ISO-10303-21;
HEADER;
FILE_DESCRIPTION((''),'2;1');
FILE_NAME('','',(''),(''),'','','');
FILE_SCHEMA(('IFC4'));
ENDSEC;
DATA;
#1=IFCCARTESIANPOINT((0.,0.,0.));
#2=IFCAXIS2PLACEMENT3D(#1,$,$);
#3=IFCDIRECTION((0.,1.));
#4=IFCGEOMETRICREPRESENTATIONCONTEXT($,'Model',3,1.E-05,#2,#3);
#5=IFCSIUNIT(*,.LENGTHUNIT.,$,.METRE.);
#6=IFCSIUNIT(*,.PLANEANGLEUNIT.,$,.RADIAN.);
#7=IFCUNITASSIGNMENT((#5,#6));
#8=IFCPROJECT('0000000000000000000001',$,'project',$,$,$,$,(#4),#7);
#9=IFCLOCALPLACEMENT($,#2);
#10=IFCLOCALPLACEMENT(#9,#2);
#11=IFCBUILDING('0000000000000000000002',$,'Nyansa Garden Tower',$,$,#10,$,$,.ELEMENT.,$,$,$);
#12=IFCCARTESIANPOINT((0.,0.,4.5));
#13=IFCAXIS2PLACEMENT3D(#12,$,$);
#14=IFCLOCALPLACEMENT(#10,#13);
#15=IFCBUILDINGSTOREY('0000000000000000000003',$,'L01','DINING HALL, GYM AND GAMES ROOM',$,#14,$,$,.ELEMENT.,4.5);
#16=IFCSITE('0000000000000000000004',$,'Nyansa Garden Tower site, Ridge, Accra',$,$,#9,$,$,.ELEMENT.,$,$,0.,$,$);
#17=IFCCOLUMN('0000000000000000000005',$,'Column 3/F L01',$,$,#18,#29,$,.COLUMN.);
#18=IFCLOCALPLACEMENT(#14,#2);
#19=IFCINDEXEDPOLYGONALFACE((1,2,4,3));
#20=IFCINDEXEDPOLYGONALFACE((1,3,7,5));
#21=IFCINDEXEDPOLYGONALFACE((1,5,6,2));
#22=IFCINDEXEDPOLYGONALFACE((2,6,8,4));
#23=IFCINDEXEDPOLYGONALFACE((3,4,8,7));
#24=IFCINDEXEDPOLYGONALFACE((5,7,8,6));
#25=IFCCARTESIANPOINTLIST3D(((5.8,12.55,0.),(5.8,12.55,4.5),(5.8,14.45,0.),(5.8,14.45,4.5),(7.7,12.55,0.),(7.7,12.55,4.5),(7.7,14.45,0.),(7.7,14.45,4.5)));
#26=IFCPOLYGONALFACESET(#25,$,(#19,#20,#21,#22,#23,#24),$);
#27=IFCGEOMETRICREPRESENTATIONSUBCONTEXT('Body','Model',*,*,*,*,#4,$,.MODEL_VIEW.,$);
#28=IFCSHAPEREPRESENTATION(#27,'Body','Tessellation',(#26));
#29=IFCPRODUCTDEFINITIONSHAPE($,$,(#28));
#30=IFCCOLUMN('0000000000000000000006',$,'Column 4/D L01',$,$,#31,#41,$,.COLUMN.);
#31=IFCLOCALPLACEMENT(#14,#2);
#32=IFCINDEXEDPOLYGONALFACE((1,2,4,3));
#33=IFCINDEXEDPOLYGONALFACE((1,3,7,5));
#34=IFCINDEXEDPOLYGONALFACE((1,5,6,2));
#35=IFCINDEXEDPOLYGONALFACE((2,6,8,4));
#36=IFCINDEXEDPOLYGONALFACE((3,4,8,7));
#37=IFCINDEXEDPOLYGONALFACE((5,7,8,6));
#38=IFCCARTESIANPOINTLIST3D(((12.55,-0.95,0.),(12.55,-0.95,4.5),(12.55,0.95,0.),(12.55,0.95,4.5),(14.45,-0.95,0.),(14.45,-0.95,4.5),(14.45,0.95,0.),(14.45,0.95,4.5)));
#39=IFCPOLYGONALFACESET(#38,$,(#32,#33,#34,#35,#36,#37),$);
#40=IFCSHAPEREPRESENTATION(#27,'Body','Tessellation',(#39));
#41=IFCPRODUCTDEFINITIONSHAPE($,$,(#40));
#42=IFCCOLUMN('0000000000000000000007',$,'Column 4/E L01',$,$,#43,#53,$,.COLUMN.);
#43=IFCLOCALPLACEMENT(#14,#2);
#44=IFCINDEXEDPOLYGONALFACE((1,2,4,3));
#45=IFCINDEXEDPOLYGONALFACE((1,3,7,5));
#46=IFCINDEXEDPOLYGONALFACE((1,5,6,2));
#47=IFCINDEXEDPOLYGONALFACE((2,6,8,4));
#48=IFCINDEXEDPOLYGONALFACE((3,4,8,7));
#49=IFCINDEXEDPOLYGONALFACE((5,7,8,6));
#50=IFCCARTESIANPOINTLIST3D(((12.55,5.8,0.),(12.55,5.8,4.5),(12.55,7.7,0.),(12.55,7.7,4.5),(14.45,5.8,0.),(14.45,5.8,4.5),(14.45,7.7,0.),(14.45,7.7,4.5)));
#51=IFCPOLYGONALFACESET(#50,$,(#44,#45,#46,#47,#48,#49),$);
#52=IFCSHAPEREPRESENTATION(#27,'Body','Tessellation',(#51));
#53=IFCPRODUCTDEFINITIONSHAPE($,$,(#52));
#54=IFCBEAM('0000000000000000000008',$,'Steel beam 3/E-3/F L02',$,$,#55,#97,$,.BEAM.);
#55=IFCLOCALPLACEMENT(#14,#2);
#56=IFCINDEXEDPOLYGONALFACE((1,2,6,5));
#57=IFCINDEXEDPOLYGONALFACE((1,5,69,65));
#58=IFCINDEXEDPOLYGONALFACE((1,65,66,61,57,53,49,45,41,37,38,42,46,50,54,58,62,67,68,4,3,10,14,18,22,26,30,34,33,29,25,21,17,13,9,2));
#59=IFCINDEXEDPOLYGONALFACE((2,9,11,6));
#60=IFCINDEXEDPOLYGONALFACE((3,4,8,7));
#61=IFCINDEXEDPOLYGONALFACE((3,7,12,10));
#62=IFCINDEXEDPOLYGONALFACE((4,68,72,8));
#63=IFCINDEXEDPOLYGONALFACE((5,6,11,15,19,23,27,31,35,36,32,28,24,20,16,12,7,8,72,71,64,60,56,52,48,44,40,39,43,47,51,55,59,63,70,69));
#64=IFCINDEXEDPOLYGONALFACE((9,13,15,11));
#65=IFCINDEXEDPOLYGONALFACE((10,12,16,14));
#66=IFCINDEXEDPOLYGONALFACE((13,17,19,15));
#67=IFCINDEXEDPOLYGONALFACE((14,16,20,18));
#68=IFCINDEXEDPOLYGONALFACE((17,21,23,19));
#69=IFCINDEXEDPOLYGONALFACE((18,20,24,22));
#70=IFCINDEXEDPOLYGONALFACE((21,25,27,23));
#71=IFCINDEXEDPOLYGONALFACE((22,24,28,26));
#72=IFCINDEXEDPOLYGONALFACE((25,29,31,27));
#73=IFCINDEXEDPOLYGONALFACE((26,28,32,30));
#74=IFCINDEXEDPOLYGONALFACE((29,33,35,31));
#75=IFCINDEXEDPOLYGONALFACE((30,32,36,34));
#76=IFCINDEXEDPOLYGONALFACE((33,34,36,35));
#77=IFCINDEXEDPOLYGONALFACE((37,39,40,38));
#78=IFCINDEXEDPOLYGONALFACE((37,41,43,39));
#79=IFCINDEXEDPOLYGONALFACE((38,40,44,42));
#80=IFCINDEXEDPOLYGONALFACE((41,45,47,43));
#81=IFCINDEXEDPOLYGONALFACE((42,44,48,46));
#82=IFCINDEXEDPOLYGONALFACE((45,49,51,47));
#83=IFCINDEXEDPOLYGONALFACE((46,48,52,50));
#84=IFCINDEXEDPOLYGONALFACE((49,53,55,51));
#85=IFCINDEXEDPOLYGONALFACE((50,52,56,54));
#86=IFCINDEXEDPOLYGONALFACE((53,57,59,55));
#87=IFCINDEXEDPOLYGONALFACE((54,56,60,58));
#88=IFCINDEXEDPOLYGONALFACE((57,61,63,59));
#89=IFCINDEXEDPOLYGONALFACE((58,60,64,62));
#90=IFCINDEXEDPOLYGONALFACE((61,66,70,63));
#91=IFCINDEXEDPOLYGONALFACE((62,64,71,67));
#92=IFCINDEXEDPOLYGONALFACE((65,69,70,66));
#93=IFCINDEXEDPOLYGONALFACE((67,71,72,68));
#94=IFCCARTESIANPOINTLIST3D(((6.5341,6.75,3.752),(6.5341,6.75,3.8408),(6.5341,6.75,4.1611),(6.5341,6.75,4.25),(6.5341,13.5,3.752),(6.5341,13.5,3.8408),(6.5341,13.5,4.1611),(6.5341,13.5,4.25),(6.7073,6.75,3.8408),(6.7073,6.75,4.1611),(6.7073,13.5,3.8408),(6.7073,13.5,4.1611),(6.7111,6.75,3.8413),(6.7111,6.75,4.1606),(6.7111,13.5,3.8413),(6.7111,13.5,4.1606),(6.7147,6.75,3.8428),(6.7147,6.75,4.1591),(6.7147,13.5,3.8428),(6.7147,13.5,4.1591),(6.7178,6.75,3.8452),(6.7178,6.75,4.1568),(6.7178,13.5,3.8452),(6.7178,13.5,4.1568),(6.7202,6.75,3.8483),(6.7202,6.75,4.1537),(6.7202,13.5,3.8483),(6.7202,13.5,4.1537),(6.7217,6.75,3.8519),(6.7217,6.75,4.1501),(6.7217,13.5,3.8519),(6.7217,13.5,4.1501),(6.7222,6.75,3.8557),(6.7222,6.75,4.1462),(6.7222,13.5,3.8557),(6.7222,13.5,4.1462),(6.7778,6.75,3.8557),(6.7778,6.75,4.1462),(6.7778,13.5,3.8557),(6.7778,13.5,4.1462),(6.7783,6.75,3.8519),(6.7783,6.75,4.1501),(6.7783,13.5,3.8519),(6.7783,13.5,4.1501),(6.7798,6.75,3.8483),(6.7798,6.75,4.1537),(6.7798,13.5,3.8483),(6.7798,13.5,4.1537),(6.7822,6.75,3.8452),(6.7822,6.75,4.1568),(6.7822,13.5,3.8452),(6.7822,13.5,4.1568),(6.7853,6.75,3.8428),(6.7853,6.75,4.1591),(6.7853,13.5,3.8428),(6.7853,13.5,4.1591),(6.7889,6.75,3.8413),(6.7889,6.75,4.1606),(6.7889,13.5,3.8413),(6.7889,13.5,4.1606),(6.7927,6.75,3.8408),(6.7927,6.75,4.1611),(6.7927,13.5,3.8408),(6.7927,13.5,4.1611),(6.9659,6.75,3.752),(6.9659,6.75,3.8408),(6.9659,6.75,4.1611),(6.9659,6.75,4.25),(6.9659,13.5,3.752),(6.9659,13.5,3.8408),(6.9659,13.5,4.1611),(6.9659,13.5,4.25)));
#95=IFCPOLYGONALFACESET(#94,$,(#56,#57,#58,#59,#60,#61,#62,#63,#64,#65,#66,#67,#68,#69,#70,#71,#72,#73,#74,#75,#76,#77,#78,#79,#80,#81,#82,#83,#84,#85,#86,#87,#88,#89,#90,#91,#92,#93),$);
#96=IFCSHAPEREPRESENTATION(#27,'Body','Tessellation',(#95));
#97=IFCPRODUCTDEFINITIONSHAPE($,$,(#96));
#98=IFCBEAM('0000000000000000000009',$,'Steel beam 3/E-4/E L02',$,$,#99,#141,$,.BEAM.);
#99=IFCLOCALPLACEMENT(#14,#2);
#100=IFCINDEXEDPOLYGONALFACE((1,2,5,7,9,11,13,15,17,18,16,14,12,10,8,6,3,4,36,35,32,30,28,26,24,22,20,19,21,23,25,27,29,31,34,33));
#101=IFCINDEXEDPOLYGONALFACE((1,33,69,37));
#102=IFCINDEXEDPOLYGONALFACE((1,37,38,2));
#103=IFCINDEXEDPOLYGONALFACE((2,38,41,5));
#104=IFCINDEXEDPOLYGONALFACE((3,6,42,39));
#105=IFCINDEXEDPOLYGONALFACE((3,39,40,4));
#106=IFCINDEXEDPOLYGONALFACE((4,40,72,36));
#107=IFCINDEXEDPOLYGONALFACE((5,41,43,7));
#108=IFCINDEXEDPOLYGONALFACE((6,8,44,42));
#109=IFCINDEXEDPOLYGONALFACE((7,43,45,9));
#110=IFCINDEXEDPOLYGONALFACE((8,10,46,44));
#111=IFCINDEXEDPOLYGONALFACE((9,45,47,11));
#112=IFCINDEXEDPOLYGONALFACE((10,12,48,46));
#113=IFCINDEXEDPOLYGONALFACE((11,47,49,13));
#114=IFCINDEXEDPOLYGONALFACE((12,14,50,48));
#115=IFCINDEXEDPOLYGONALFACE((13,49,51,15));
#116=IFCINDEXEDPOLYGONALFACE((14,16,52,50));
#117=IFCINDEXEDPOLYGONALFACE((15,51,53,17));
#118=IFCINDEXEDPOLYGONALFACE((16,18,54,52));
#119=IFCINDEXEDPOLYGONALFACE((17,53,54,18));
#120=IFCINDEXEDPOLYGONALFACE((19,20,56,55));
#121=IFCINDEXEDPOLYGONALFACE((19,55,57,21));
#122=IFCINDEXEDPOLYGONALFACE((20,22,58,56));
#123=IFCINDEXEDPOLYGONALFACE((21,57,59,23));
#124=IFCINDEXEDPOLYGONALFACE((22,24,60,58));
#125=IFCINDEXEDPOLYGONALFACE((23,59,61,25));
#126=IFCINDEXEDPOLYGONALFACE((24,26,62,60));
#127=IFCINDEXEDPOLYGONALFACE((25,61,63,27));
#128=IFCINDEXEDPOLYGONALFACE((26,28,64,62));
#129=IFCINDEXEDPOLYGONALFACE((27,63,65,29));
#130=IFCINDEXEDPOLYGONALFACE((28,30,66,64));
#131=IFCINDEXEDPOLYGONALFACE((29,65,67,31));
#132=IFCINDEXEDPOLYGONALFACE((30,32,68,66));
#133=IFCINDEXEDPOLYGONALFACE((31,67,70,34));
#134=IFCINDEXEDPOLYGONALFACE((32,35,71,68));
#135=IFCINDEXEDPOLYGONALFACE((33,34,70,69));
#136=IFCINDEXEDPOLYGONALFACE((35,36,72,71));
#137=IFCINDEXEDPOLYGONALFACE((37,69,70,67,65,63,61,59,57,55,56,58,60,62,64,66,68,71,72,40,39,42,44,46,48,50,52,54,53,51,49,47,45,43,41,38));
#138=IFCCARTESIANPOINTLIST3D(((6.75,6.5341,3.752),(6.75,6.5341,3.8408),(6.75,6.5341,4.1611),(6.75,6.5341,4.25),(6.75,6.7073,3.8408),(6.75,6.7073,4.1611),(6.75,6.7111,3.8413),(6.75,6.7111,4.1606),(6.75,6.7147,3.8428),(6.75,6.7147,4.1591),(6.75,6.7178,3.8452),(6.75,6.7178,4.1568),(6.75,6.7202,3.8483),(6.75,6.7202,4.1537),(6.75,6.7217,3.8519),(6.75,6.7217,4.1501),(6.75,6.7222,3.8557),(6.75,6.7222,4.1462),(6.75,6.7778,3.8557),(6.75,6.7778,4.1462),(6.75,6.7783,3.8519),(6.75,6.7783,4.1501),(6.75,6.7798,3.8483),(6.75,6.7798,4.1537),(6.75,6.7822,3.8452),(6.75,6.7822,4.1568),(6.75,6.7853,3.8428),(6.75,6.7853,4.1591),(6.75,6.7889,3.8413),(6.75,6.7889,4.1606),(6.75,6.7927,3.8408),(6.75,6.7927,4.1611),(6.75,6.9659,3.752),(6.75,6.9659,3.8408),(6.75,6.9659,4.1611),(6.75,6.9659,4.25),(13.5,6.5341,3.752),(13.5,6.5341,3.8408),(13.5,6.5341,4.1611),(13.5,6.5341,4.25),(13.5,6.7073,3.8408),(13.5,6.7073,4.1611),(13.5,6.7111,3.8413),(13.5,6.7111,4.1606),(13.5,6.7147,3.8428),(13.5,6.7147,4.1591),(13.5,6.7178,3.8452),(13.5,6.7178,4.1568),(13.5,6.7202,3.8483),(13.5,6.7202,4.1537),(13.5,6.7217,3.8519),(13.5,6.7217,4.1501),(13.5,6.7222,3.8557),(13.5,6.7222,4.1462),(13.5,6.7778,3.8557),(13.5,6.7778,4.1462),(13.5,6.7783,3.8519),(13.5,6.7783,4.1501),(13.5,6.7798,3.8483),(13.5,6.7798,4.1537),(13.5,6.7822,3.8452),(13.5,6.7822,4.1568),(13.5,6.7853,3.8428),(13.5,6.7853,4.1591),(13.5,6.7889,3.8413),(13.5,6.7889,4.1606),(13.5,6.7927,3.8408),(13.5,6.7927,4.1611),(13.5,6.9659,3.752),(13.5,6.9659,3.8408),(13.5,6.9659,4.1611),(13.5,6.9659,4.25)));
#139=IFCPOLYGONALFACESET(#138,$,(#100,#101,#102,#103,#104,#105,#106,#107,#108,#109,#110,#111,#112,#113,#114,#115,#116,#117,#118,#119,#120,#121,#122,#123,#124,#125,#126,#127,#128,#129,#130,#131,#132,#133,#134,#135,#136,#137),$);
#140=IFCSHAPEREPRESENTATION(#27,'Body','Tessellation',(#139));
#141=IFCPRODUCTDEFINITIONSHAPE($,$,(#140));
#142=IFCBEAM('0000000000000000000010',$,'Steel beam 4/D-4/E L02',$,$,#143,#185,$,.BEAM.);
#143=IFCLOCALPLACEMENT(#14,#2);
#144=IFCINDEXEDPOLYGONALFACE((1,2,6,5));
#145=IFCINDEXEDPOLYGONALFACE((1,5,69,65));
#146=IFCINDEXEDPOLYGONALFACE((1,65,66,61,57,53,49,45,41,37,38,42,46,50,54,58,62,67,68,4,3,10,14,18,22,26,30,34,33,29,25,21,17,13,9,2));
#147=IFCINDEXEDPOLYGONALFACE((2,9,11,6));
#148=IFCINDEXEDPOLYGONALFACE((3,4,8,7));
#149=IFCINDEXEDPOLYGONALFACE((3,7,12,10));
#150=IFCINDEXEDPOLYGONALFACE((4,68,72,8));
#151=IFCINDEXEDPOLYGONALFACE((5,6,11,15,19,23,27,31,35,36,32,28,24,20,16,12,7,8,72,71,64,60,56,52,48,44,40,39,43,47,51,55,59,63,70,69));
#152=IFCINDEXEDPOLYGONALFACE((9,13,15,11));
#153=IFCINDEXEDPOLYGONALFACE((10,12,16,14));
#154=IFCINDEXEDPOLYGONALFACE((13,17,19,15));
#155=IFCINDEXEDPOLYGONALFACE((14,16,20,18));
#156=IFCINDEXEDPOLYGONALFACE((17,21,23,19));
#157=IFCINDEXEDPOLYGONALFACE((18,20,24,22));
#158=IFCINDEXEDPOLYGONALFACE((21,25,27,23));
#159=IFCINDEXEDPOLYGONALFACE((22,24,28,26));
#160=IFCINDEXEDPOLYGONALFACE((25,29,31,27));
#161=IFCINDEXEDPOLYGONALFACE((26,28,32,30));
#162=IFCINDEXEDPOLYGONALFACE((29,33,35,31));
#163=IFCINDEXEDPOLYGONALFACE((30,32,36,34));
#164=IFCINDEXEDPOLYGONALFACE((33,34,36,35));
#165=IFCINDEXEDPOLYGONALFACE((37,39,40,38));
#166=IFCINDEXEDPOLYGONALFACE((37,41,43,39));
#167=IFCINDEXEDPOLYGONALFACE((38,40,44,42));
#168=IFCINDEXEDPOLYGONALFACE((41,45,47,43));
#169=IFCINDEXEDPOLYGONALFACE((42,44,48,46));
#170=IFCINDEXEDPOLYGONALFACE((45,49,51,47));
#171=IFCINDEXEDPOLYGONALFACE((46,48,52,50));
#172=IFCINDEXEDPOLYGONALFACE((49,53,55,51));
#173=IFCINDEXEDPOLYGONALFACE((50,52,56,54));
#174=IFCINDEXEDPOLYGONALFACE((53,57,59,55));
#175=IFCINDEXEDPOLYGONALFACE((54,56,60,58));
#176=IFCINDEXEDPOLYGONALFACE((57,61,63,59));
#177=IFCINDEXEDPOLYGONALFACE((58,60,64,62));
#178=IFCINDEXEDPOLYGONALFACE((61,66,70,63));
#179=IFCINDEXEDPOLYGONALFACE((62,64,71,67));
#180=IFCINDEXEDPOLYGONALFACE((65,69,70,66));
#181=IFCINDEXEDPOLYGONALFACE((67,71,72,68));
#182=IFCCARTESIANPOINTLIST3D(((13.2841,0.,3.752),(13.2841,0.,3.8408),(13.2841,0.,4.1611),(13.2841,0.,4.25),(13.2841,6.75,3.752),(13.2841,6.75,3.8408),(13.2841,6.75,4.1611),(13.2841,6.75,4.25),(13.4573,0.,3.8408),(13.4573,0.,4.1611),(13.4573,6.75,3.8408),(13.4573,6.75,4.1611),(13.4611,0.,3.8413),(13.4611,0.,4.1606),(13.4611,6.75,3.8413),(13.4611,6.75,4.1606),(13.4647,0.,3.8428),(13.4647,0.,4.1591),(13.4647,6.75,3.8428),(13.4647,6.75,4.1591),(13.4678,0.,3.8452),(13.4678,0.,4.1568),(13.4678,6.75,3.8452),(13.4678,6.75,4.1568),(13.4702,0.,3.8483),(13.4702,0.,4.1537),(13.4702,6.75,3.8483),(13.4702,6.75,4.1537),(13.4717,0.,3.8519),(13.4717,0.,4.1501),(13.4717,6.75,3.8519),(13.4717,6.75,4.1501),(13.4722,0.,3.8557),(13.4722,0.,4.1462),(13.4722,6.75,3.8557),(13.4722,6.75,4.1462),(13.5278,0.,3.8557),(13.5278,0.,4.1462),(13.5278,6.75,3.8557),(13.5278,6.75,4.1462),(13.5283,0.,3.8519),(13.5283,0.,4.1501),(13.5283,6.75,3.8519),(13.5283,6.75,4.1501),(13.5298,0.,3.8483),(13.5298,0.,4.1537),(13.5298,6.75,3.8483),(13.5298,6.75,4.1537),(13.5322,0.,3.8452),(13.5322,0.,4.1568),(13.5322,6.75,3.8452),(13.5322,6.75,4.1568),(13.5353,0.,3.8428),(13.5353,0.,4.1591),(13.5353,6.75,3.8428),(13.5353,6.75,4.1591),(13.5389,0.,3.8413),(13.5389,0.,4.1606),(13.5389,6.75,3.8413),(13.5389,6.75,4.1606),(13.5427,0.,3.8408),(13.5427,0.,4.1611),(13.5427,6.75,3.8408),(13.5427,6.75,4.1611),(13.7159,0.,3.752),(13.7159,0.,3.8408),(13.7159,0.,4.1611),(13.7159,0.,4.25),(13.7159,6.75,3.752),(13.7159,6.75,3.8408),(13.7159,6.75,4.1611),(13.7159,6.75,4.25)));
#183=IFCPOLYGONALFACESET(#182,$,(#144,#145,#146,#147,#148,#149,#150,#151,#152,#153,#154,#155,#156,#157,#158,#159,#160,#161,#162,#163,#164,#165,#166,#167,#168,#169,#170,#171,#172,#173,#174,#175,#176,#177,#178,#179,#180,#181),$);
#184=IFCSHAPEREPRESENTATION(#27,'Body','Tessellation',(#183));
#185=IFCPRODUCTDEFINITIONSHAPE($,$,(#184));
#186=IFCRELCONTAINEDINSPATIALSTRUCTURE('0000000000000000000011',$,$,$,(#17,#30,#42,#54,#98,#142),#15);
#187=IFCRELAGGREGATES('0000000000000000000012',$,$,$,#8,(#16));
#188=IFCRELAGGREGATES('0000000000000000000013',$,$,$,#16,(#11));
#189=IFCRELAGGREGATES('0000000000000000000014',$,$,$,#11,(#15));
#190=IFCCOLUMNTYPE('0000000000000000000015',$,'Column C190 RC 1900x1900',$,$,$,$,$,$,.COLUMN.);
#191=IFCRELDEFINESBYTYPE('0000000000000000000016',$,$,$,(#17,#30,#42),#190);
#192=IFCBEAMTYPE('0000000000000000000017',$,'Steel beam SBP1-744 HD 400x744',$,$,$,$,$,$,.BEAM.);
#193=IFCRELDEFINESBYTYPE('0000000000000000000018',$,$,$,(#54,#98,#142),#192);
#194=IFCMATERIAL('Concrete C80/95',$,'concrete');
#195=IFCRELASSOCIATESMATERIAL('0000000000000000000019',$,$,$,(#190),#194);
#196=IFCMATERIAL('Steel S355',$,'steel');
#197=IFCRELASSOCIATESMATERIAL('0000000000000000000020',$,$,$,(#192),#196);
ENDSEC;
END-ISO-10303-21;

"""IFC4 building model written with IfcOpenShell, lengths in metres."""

from ifc_helpers import new_model, si_unit, direction, frame, origin, origin_2d, place, context, subcontext, project, spatial, rectangle, i_section, extrude, material, material_profile, profile_set, type_object, element, save


model = new_model("IFC4")

# Units and contexts
model_context = context("Model", 3, precision=1e-05, world=origin(), true_north=direction((0.0, 1.0)))
body_context = subcontext(model_context, "Body", "Model", "MODEL_VIEW")
ifc_project = project(units=[si_unit("LENGTHUNIT", "METRE"), si_unit("PLANEANGLEUNIT", "RADIAN")], contexts=[model_context])

# Site, building, storey
site_placement = place(None, origin())
site = spatial("IfcSite", under=ifc_project, at=site_placement, Name="Nyansa Garden Tower site, Ridge, Accra", CompositionType="ELEMENT", RefElevation=0.0)
building_placement = place(site_placement, origin())
building = spatial("IfcBuilding", under=site, at=building_placement, Name="Nyansa Garden Tower", CompositionType="ELEMENT")
storey_placement = place(building_placement, frame((0.0, 0.0, 4.5)))
storey = spatial("IfcBuildingStorey", under=building, at=storey_placement, Name="L01", Description="DINING HALL, GYM AND GAMES ROOM", CompositionType="ELEMENT", Elevation=4.5)

# Columns
ifc_material_1 = material(Name="Concrete C80/95", Category="concrete")
ifc_material_profile_1 = material_profile(ifc_material_1, rectangle(XDim=1.8999, YDim=1.8999, at=origin_2d()), Name="RC 1900x1900")
ifc_profile_set_1 = profile_set([ifc_material_profile_1], Name="Concrete C80/95")
column_type = type_object("IfcColumnType", Name="Column C190 RC 1900x1900", PredefinedType="COLUMN", material=ifc_profile_set_1)
for number, where, z_axis, x_axis, name in (
    (1, (6.75, 13.5, 0.0), (0.0, 0.0, 1.0), (1.0, 0.0, 0.0), "Column 3/F L01"),
    (2, (13.5, 0.0, 0.0), (0.0, 0.0, 1.0), (1.0, 0.0, 0.0), "Column 4/D L01"),
    (3, (13.5, 6.75, 0.0), (0.0, 0.0, 1.0), (1.0, 0.0, 0.0), "Column 4/E L01"),
):
    element("IfcColumn", number, at=place(storey_placement, frame(where, z_axis=z_axis, x_axis=x_axis)), inside=storey, type_object=column_type, Name=name, PredefinedType="COLUMN", context=body_context, shape_type="SweptSolid", body=[
        extrude(rectangle(XDim=1.8999, YDim=1.8999, at=origin_2d()), origin(), (0.0, 0.0, 1.0), 4.5),
    ])

# Beams
ifc_material_2 = material(Name="Steel S355", Category="steel")
ifc_material_profile_2 = material_profile(ifc_material_2, i_section(OverallWidth=0.4319, OverallDepth=0.498, WebThickness=0.0557, FlangeThickness=0.0889, FilletRadius=0.0149, at=origin_2d()), Name="HD 400x744")
ifc_profile_set_2 = profile_set([ifc_material_profile_2], Name="Steel S355")
beam_type_1 = type_object("IfcBeamType", Name="Steel beam SBP1-744 HD 400x744", PredefinedType="BEAM", material=ifc_profile_set_2)
for number, where, z_axis, x_axis, name in (
    (4, (6.75, 6.75, 4.001), (0.0, 1.0, 0.0), (-1.0, 0.0, 0.0), "Steel beam 3/E-3/F L02"),
    (5, (6.75, 6.75, 4.001), (1.0, 0.0, 0.0), (0.0, 1.0, 0.0), "Steel beam 3/E-4/E L02"),
    (6, (13.5, 0.0, 4.001), (0.0, 1.0, 0.0), (-1.0, 0.0, 0.0), "Steel beam 4/D-4/E L02"),
):
    element("IfcBeam", number, at=place(storey_placement, frame(where, z_axis=z_axis, x_axis=x_axis)), inside=storey, type_object=beam_type_1, Name=name, PredefinedType="BEAM", context=body_context, shape_type="SweptSolid", body=[
        extrude(i_section(OverallWidth=0.4319, OverallDepth=0.498, WebThickness=0.0557, FlangeThickness=0.0889, FilletRadius=0.0149, at=origin_2d()), origin(), (0.0, 0.0, 1.0), 6.75),
    ])

save(model, "model.ifc")
